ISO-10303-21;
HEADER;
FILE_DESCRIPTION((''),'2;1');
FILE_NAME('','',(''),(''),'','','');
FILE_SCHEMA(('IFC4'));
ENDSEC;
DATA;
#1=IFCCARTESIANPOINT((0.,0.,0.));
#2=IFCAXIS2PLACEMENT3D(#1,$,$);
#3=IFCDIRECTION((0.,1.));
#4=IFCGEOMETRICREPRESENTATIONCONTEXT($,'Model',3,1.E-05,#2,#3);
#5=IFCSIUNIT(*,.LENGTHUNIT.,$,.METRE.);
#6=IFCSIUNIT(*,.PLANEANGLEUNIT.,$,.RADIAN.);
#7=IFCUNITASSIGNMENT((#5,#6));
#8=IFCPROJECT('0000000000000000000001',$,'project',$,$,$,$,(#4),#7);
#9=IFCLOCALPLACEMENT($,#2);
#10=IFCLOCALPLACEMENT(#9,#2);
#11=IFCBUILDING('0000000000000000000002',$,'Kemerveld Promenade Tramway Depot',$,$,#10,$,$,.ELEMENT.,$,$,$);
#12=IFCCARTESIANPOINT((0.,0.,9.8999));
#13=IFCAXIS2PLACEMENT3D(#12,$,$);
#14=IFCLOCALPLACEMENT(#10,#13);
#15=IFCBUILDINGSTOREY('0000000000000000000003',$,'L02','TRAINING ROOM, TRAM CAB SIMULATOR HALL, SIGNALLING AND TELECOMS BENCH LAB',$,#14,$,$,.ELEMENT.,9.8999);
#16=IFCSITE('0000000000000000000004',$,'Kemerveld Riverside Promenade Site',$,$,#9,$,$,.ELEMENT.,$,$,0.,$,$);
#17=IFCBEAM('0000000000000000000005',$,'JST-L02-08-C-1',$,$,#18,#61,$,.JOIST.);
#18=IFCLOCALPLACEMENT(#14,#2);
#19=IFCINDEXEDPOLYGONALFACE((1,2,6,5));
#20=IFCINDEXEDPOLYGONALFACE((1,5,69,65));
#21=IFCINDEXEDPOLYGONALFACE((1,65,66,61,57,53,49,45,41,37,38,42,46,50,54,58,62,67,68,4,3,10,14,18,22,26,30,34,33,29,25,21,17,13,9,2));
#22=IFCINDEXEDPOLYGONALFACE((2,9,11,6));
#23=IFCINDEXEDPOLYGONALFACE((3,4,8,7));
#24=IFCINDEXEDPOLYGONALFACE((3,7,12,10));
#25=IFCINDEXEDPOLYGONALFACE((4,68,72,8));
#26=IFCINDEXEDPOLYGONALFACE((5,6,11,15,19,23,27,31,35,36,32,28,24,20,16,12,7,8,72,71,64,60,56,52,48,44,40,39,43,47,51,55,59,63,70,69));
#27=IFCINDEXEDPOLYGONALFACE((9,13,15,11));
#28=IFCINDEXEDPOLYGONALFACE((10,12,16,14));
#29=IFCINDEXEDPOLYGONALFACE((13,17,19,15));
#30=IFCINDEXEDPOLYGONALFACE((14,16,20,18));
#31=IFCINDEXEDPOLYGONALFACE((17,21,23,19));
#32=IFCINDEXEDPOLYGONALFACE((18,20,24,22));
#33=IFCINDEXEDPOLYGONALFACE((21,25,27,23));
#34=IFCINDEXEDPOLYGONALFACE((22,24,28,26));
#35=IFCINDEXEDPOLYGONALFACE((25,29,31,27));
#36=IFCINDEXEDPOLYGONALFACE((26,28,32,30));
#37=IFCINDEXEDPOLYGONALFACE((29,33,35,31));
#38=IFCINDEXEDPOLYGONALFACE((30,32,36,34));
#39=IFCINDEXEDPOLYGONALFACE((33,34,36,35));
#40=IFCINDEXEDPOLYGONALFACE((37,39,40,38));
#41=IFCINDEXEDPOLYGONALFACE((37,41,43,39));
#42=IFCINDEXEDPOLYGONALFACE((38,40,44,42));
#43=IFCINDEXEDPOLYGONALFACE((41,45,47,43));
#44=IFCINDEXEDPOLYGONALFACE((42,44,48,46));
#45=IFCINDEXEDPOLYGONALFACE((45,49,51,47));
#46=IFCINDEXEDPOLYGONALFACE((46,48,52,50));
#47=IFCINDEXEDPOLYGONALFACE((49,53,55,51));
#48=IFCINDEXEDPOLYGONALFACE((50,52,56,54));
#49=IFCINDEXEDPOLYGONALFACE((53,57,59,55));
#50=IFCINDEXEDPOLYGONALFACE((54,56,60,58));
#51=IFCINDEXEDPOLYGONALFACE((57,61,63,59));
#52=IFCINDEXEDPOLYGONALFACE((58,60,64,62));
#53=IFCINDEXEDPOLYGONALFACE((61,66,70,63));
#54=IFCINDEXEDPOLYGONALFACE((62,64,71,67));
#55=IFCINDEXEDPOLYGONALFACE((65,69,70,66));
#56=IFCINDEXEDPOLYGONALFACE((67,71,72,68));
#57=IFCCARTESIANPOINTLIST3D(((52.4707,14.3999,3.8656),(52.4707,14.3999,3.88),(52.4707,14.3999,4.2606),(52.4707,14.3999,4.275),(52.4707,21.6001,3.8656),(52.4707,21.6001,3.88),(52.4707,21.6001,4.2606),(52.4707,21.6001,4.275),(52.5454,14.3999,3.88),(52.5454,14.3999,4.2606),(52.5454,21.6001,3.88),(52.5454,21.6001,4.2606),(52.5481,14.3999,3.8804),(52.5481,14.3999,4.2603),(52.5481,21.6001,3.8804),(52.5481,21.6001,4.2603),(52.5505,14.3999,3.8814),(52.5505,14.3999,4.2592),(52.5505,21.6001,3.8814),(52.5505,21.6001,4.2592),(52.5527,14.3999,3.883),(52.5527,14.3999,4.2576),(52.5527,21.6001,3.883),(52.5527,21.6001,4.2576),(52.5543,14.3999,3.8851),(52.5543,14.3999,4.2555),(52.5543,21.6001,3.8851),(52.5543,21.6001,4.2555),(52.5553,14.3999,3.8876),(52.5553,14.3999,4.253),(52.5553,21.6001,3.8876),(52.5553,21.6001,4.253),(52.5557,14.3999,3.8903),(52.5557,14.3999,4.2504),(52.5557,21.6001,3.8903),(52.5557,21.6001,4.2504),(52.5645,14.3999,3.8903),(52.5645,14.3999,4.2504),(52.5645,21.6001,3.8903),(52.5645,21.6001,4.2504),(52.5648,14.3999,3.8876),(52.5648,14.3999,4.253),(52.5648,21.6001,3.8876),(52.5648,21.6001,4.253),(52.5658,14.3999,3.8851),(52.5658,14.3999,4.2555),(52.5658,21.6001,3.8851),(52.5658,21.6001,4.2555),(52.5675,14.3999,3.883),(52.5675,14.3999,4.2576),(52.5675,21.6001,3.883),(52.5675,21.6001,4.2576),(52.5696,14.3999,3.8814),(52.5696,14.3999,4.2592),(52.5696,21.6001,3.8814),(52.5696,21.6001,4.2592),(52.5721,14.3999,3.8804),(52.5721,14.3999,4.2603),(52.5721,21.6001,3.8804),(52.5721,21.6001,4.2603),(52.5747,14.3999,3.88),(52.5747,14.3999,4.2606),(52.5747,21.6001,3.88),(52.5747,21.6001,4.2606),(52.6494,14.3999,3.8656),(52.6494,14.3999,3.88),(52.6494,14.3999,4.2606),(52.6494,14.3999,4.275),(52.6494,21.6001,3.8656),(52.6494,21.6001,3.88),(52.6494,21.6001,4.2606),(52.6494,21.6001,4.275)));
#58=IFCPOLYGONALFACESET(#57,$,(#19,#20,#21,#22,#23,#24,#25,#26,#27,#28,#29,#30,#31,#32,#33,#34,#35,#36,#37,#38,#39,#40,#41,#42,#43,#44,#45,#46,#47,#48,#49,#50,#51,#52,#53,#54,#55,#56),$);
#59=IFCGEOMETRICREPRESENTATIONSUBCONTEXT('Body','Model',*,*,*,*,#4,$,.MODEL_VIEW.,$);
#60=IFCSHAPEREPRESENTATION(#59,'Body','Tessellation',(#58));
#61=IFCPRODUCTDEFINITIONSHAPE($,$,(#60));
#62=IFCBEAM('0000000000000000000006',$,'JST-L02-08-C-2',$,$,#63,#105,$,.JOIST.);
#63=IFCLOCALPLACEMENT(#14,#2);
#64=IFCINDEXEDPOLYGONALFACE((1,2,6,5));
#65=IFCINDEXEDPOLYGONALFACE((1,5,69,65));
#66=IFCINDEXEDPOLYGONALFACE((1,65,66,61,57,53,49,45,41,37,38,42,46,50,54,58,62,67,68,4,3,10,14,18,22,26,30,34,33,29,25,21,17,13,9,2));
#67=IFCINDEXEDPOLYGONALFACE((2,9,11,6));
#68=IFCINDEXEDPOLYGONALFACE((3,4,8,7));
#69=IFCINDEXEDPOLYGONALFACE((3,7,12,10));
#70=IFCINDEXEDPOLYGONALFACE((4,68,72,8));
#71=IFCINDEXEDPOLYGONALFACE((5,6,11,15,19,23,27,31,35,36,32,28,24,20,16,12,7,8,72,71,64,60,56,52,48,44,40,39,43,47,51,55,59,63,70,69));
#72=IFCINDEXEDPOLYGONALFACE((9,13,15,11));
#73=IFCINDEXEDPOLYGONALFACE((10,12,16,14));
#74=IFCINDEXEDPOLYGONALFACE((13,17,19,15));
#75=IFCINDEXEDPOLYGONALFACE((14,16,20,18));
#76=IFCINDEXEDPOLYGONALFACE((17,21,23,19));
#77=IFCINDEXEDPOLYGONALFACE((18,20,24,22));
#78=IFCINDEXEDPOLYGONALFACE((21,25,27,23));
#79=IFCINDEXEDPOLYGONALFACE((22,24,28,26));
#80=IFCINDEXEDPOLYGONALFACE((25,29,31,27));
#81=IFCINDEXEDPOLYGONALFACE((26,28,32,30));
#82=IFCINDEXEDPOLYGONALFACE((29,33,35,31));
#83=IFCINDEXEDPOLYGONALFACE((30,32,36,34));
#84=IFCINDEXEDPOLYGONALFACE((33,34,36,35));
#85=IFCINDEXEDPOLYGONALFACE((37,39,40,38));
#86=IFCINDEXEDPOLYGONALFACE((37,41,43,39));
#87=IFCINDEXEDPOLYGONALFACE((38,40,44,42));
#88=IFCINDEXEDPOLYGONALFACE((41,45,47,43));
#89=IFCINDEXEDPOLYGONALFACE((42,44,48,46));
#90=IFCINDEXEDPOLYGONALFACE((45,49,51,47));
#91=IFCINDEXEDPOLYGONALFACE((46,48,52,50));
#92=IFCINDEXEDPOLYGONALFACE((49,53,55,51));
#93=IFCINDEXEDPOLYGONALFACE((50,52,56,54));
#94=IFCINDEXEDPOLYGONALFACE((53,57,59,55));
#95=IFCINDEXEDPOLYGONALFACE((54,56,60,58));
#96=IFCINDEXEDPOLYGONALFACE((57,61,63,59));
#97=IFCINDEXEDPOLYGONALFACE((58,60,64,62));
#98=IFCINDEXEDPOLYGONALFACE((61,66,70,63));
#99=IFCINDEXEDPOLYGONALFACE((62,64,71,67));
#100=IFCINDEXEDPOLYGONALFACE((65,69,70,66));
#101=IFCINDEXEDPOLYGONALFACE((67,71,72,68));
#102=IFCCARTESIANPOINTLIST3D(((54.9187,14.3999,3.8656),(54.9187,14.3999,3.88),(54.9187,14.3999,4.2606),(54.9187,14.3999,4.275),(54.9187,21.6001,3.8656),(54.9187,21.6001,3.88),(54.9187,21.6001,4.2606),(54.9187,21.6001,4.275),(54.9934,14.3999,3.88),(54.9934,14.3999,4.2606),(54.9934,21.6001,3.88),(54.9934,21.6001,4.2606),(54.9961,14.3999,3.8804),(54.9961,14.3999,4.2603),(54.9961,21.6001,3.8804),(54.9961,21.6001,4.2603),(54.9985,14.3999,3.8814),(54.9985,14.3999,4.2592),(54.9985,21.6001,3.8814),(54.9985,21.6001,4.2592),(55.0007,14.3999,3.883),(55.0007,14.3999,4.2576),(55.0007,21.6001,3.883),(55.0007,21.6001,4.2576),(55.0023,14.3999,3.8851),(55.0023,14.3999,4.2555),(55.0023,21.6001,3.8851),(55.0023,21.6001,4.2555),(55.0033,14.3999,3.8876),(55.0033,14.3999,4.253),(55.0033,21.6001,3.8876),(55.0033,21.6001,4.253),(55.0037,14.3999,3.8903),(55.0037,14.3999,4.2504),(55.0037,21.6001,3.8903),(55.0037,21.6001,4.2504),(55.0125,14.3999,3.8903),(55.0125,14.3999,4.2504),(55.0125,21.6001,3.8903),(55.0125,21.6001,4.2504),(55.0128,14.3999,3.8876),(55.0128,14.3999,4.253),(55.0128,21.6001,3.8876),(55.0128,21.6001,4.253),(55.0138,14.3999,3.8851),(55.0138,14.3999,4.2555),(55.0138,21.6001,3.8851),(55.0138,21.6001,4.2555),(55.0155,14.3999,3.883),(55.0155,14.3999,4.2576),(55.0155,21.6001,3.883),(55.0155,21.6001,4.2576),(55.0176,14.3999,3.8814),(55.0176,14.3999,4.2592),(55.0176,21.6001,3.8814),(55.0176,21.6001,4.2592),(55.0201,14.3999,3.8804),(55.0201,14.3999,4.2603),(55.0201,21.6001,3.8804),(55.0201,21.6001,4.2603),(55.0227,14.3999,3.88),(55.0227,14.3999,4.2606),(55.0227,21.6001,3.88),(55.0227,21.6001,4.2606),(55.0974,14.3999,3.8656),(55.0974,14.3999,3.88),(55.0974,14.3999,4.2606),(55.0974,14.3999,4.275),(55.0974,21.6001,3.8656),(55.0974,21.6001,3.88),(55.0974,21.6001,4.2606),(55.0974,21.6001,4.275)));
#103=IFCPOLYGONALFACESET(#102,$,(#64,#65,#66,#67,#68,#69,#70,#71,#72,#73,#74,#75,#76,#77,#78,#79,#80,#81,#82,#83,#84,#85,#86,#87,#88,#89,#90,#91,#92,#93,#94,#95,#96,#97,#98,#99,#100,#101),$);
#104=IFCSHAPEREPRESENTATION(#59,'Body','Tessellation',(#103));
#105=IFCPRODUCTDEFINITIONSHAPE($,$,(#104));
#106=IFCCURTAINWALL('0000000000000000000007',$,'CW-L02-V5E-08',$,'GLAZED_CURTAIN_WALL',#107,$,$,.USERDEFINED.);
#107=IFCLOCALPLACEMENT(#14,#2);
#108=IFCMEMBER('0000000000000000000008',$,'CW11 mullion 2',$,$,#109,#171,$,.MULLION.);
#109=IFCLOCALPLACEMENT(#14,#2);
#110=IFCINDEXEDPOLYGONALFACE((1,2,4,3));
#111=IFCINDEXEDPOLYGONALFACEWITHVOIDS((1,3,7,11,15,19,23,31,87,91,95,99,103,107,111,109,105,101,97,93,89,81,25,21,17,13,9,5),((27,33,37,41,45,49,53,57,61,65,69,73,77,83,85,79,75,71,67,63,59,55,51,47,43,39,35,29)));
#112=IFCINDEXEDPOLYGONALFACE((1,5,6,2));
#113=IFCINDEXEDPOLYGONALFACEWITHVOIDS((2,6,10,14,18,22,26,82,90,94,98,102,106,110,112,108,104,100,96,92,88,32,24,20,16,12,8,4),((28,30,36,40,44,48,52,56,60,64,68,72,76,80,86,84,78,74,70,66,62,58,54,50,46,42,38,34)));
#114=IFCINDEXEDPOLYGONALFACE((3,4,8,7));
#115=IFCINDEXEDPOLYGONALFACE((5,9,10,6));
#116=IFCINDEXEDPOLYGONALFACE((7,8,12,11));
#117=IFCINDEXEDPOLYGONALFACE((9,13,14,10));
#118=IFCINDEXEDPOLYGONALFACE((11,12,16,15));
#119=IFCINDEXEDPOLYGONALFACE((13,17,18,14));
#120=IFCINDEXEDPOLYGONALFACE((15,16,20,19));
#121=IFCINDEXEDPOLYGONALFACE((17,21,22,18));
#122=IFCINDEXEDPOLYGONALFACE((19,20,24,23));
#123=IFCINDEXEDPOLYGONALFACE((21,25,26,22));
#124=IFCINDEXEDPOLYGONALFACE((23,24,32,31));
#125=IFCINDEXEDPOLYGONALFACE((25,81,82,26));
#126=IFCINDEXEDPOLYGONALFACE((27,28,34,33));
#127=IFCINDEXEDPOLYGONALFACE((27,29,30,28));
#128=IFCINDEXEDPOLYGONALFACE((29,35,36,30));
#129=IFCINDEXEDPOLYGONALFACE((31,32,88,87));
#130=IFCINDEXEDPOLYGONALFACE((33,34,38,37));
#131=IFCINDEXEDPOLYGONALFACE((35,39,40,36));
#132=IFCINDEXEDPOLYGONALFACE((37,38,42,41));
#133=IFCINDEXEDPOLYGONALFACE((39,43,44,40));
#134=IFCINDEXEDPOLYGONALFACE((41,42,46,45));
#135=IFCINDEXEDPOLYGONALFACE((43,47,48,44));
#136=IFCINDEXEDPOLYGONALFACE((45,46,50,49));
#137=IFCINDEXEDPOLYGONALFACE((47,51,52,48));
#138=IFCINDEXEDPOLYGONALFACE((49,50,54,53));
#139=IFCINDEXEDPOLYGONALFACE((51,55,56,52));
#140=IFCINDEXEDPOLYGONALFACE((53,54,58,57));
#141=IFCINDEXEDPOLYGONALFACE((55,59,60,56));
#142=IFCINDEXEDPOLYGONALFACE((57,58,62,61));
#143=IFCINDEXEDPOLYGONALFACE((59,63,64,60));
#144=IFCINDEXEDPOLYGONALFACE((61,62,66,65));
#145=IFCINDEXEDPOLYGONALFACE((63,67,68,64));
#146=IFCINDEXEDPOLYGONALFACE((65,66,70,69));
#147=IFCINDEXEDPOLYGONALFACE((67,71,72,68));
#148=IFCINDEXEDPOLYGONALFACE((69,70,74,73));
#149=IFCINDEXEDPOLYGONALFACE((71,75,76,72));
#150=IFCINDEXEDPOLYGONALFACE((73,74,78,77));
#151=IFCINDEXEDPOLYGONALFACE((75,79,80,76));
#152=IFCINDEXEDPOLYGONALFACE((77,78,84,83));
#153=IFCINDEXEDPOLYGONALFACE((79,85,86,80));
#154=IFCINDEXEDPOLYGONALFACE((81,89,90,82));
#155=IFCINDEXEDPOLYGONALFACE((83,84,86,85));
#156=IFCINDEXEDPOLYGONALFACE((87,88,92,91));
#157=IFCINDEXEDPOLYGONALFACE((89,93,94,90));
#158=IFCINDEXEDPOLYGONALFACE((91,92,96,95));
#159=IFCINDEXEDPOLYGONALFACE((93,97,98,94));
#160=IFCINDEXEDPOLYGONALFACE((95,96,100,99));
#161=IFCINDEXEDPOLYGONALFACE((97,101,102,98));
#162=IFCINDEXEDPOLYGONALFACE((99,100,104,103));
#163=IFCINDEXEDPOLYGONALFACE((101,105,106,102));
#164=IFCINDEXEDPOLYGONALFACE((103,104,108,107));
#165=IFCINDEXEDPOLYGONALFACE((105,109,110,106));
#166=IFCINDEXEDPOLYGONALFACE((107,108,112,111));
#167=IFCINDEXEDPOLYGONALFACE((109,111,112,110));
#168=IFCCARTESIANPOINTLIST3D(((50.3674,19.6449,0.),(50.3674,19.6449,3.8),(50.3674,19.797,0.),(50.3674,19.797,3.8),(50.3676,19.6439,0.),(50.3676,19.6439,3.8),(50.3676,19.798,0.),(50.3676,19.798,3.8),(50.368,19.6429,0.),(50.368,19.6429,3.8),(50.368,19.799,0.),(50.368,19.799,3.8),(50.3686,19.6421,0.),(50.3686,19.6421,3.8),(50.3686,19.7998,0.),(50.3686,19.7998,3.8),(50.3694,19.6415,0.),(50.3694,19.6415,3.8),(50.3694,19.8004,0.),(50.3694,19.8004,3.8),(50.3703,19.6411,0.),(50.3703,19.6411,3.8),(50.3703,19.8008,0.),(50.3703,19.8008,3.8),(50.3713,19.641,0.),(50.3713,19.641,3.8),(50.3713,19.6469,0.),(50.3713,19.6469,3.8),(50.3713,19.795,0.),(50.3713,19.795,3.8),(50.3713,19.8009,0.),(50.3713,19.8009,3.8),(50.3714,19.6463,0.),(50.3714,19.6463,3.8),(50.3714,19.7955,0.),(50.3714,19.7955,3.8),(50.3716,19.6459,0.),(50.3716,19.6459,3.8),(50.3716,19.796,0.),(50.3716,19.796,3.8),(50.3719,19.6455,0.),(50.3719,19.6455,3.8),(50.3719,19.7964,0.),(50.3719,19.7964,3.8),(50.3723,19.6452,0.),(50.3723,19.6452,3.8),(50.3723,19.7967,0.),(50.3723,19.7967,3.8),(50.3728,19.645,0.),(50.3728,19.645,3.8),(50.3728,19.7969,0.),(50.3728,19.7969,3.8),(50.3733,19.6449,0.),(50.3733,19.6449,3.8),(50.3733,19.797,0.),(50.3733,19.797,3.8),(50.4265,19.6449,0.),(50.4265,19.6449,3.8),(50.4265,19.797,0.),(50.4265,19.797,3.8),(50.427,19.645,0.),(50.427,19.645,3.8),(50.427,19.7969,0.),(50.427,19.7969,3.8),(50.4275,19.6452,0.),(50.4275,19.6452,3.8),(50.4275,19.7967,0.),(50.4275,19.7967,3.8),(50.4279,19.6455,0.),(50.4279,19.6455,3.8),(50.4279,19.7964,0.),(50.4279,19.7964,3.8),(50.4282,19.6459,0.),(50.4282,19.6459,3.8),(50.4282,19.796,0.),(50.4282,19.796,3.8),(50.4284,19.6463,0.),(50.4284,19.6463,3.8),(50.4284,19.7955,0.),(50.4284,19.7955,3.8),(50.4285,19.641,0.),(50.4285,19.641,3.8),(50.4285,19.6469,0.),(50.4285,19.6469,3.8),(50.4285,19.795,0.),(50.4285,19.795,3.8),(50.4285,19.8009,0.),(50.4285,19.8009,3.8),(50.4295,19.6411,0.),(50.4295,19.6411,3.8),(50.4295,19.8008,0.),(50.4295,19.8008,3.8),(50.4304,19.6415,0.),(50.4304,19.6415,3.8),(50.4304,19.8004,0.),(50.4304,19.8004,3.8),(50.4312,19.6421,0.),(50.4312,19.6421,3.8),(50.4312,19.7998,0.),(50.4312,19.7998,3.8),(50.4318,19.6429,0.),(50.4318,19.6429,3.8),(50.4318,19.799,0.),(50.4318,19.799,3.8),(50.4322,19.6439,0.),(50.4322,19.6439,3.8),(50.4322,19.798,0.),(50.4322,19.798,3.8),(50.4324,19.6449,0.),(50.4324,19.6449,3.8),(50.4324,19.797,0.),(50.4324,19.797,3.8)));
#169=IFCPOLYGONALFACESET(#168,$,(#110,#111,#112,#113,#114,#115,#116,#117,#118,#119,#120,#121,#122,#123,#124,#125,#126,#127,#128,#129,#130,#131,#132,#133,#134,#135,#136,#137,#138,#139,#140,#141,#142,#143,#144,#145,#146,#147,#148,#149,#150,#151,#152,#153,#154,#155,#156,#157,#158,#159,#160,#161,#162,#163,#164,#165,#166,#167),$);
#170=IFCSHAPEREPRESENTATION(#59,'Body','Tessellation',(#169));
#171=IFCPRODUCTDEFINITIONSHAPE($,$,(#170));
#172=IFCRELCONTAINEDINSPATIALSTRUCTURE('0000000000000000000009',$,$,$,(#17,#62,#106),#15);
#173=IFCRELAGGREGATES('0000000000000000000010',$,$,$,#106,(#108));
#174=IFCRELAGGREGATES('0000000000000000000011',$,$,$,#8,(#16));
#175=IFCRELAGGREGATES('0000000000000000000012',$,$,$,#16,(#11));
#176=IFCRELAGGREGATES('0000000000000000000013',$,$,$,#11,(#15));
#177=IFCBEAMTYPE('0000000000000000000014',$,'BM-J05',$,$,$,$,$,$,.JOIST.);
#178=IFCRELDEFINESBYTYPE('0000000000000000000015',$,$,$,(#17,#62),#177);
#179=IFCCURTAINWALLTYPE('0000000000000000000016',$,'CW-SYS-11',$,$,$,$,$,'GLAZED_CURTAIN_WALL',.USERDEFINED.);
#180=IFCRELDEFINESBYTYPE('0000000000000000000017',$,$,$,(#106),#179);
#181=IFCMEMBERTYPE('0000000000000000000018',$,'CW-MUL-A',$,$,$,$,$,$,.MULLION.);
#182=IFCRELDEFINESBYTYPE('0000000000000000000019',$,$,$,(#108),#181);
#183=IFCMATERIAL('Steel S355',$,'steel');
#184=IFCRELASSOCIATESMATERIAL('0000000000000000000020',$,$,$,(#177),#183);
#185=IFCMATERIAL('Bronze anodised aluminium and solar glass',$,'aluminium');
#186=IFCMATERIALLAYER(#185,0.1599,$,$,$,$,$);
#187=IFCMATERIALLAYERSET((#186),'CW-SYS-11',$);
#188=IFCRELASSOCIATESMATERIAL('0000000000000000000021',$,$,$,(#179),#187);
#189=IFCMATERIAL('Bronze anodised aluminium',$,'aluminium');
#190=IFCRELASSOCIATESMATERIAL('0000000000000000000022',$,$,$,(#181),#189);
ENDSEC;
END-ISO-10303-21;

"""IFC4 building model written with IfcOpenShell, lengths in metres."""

from ifc_helpers import new_model, si_unit, direction, frame, origin, origin_2d, place, context, subcontext, project, spatial, hollow_rectangle, i_section, extrude, material, layer, layer_set, material_profile, profile_set, type_object, element, aggregate, save


model = new_model("IFC4")

# Units and contexts
model_context = context("Model", 3, precision=1e-05, world=origin(), true_north=direction((0.0, 1.0)))
body_context = subcontext(model_context, "Body", "Model", "MODEL_VIEW")
ifc_project = project(units=[si_unit("LENGTHUNIT", "METRE"), si_unit("PLANEANGLEUNIT", "RADIAN")], contexts=[model_context])

# Site, building, storey
site_placement = place(None, origin())
site = spatial("IfcSite", under=ifc_project, at=site_placement, Name="Kemerveld Riverside Promenade Site", CompositionType="ELEMENT", RefElevation=0.0)
building_placement = place(site_placement, origin())
building = spatial("IfcBuilding", under=site, at=building_placement, Name="Kemerveld Promenade Tramway Depot", CompositionType="ELEMENT")
storey_placement = place(building_placement, frame((0.0, 0.0, 9.8999)))
storey = spatial("IfcBuildingStorey", under=building, at=storey_placement, Name="L02", Description="TRAINING ROOM, TRAM CAB SIMULATOR HALL, SIGNALLING AND TELECOMS BENCH LAB", CompositionType="ELEMENT", Elevation=9.8999)

# Shared definitions
ifc_material_1 = material(Name="Steel S355", Category="steel")

# Beams
ifc_material_profile_1 = material_profile(ifc_material_1, i_section(OverallWidth=0.1787, OverallDepth=0.4094, WebThickness=0.0088, FlangeThickness=0.0144, FilletRadius=0.0103, at=origin_2d()), Name="406x178x67 UB")
ifc_profile_set_1 = profile_set([ifc_material_profile_1], Name="Steel S355")
beam_type_1 = type_object("IfcBeamType", Name="BM-J05", PredefinedType="JOIST", material=ifc_profile_set_1)
for number, where, z_axis, x_axis, name in (
    (1, (52.5601, 14.3999, 4.0703), (0.0, 1.0, 0.0), (-1.0, 0.0, 0.0), "JST-L02-08-C-1"),
    (2, (55.0081, 14.3999, 4.0703), (0.0, 1.0, 0.0), (-1.0, 0.0, 0.0), "JST-L02-08-C-2"),
):
    element("IfcBeam", number, at=place(storey_placement, frame(where, z_axis=z_axis, x_axis=x_axis)), inside=storey, type_object=beam_type_1, Name=name, PredefinedType="JOIST", context=body_context, shape_type="SweptSolid", body=[
        extrude(i_section(OverallWidth=0.1787, OverallDepth=0.4094, WebThickness=0.0088, FlangeThickness=0.0144, FilletRadius=0.0103, at=origin_2d()), origin(), (0.0, 0.0, 1.0), 7.2002),
    ])

# Curtain wall, member
ifc_material_2 = material(Name="Bronze anodised aluminium and solar glass", Category="aluminium")
ifc_layer_1 = layer(ifc_material_2, 0.1599)
ifc_layer_set_1 = layer_set([ifc_layer_1], Name="CW-SYS-11")
curtain_wall_type_1 = type_object("IfcCurtainWallType", Name="CW-SYS-11", ElementType="GLAZED_CURTAIN_WALL", PredefinedType="USERDEFINED", material=ifc_layer_set_1)
curtain_wall_1_placement = place(storey_placement, origin())
curtain_wall_1 = element("IfcCurtainWall", 3, at=curtain_wall_1_placement, inside=storey, type_object=curtain_wall_type_1, Name="CW-L02-V5E-08", ObjectType="GLAZED_CURTAIN_WALL", PredefinedType="USERDEFINED")
ifc_material_3 = material(Name="Bronze anodised aluminium", Category="aluminium")
ifc_material_profile_2 = material_profile(ifc_material_3, hollow_rectangle(XDim=0.0649, YDim=0.1599, WallThickness=0.0039, InnerFilletRadius=0.002, OuterFilletRadius=0.0039, at=origin_2d()), Name="CW-MUL-160x65")
ifc_profile_set_2 = profile_set([ifc_material_profile_2], Name="Bronze anodised aluminium")
member_type_1 = type_object("IfcMemberType", Name="CW-MUL-A", PredefinedType="MULLION", material=ifc_profile_set_2)
member_1_placement = place(storey_placement, frame((50.3999, 19.7209, 0.0), z_axis=(0.0, 0.0, 1.0), x_axis=(1.0, 0.0, 0.0)))
member_1 = element("IfcMember", 4, at=member_1_placement, type_object=member_type_1, Name="CW11 mullion 2", PredefinedType="MULLION", context=body_context, shape_type="SweptSolid", body=[
    extrude(hollow_rectangle(XDim=0.0649, YDim=0.1599, WallThickness=0.0039, InnerFilletRadius=0.002, OuterFilletRadius=0.0039, at=origin_2d()), origin(), (0.0, 0.0, 1.0), 3.8),
])

aggregate(curtain_wall_1, [member_1])

save(model, "model.ifc")
